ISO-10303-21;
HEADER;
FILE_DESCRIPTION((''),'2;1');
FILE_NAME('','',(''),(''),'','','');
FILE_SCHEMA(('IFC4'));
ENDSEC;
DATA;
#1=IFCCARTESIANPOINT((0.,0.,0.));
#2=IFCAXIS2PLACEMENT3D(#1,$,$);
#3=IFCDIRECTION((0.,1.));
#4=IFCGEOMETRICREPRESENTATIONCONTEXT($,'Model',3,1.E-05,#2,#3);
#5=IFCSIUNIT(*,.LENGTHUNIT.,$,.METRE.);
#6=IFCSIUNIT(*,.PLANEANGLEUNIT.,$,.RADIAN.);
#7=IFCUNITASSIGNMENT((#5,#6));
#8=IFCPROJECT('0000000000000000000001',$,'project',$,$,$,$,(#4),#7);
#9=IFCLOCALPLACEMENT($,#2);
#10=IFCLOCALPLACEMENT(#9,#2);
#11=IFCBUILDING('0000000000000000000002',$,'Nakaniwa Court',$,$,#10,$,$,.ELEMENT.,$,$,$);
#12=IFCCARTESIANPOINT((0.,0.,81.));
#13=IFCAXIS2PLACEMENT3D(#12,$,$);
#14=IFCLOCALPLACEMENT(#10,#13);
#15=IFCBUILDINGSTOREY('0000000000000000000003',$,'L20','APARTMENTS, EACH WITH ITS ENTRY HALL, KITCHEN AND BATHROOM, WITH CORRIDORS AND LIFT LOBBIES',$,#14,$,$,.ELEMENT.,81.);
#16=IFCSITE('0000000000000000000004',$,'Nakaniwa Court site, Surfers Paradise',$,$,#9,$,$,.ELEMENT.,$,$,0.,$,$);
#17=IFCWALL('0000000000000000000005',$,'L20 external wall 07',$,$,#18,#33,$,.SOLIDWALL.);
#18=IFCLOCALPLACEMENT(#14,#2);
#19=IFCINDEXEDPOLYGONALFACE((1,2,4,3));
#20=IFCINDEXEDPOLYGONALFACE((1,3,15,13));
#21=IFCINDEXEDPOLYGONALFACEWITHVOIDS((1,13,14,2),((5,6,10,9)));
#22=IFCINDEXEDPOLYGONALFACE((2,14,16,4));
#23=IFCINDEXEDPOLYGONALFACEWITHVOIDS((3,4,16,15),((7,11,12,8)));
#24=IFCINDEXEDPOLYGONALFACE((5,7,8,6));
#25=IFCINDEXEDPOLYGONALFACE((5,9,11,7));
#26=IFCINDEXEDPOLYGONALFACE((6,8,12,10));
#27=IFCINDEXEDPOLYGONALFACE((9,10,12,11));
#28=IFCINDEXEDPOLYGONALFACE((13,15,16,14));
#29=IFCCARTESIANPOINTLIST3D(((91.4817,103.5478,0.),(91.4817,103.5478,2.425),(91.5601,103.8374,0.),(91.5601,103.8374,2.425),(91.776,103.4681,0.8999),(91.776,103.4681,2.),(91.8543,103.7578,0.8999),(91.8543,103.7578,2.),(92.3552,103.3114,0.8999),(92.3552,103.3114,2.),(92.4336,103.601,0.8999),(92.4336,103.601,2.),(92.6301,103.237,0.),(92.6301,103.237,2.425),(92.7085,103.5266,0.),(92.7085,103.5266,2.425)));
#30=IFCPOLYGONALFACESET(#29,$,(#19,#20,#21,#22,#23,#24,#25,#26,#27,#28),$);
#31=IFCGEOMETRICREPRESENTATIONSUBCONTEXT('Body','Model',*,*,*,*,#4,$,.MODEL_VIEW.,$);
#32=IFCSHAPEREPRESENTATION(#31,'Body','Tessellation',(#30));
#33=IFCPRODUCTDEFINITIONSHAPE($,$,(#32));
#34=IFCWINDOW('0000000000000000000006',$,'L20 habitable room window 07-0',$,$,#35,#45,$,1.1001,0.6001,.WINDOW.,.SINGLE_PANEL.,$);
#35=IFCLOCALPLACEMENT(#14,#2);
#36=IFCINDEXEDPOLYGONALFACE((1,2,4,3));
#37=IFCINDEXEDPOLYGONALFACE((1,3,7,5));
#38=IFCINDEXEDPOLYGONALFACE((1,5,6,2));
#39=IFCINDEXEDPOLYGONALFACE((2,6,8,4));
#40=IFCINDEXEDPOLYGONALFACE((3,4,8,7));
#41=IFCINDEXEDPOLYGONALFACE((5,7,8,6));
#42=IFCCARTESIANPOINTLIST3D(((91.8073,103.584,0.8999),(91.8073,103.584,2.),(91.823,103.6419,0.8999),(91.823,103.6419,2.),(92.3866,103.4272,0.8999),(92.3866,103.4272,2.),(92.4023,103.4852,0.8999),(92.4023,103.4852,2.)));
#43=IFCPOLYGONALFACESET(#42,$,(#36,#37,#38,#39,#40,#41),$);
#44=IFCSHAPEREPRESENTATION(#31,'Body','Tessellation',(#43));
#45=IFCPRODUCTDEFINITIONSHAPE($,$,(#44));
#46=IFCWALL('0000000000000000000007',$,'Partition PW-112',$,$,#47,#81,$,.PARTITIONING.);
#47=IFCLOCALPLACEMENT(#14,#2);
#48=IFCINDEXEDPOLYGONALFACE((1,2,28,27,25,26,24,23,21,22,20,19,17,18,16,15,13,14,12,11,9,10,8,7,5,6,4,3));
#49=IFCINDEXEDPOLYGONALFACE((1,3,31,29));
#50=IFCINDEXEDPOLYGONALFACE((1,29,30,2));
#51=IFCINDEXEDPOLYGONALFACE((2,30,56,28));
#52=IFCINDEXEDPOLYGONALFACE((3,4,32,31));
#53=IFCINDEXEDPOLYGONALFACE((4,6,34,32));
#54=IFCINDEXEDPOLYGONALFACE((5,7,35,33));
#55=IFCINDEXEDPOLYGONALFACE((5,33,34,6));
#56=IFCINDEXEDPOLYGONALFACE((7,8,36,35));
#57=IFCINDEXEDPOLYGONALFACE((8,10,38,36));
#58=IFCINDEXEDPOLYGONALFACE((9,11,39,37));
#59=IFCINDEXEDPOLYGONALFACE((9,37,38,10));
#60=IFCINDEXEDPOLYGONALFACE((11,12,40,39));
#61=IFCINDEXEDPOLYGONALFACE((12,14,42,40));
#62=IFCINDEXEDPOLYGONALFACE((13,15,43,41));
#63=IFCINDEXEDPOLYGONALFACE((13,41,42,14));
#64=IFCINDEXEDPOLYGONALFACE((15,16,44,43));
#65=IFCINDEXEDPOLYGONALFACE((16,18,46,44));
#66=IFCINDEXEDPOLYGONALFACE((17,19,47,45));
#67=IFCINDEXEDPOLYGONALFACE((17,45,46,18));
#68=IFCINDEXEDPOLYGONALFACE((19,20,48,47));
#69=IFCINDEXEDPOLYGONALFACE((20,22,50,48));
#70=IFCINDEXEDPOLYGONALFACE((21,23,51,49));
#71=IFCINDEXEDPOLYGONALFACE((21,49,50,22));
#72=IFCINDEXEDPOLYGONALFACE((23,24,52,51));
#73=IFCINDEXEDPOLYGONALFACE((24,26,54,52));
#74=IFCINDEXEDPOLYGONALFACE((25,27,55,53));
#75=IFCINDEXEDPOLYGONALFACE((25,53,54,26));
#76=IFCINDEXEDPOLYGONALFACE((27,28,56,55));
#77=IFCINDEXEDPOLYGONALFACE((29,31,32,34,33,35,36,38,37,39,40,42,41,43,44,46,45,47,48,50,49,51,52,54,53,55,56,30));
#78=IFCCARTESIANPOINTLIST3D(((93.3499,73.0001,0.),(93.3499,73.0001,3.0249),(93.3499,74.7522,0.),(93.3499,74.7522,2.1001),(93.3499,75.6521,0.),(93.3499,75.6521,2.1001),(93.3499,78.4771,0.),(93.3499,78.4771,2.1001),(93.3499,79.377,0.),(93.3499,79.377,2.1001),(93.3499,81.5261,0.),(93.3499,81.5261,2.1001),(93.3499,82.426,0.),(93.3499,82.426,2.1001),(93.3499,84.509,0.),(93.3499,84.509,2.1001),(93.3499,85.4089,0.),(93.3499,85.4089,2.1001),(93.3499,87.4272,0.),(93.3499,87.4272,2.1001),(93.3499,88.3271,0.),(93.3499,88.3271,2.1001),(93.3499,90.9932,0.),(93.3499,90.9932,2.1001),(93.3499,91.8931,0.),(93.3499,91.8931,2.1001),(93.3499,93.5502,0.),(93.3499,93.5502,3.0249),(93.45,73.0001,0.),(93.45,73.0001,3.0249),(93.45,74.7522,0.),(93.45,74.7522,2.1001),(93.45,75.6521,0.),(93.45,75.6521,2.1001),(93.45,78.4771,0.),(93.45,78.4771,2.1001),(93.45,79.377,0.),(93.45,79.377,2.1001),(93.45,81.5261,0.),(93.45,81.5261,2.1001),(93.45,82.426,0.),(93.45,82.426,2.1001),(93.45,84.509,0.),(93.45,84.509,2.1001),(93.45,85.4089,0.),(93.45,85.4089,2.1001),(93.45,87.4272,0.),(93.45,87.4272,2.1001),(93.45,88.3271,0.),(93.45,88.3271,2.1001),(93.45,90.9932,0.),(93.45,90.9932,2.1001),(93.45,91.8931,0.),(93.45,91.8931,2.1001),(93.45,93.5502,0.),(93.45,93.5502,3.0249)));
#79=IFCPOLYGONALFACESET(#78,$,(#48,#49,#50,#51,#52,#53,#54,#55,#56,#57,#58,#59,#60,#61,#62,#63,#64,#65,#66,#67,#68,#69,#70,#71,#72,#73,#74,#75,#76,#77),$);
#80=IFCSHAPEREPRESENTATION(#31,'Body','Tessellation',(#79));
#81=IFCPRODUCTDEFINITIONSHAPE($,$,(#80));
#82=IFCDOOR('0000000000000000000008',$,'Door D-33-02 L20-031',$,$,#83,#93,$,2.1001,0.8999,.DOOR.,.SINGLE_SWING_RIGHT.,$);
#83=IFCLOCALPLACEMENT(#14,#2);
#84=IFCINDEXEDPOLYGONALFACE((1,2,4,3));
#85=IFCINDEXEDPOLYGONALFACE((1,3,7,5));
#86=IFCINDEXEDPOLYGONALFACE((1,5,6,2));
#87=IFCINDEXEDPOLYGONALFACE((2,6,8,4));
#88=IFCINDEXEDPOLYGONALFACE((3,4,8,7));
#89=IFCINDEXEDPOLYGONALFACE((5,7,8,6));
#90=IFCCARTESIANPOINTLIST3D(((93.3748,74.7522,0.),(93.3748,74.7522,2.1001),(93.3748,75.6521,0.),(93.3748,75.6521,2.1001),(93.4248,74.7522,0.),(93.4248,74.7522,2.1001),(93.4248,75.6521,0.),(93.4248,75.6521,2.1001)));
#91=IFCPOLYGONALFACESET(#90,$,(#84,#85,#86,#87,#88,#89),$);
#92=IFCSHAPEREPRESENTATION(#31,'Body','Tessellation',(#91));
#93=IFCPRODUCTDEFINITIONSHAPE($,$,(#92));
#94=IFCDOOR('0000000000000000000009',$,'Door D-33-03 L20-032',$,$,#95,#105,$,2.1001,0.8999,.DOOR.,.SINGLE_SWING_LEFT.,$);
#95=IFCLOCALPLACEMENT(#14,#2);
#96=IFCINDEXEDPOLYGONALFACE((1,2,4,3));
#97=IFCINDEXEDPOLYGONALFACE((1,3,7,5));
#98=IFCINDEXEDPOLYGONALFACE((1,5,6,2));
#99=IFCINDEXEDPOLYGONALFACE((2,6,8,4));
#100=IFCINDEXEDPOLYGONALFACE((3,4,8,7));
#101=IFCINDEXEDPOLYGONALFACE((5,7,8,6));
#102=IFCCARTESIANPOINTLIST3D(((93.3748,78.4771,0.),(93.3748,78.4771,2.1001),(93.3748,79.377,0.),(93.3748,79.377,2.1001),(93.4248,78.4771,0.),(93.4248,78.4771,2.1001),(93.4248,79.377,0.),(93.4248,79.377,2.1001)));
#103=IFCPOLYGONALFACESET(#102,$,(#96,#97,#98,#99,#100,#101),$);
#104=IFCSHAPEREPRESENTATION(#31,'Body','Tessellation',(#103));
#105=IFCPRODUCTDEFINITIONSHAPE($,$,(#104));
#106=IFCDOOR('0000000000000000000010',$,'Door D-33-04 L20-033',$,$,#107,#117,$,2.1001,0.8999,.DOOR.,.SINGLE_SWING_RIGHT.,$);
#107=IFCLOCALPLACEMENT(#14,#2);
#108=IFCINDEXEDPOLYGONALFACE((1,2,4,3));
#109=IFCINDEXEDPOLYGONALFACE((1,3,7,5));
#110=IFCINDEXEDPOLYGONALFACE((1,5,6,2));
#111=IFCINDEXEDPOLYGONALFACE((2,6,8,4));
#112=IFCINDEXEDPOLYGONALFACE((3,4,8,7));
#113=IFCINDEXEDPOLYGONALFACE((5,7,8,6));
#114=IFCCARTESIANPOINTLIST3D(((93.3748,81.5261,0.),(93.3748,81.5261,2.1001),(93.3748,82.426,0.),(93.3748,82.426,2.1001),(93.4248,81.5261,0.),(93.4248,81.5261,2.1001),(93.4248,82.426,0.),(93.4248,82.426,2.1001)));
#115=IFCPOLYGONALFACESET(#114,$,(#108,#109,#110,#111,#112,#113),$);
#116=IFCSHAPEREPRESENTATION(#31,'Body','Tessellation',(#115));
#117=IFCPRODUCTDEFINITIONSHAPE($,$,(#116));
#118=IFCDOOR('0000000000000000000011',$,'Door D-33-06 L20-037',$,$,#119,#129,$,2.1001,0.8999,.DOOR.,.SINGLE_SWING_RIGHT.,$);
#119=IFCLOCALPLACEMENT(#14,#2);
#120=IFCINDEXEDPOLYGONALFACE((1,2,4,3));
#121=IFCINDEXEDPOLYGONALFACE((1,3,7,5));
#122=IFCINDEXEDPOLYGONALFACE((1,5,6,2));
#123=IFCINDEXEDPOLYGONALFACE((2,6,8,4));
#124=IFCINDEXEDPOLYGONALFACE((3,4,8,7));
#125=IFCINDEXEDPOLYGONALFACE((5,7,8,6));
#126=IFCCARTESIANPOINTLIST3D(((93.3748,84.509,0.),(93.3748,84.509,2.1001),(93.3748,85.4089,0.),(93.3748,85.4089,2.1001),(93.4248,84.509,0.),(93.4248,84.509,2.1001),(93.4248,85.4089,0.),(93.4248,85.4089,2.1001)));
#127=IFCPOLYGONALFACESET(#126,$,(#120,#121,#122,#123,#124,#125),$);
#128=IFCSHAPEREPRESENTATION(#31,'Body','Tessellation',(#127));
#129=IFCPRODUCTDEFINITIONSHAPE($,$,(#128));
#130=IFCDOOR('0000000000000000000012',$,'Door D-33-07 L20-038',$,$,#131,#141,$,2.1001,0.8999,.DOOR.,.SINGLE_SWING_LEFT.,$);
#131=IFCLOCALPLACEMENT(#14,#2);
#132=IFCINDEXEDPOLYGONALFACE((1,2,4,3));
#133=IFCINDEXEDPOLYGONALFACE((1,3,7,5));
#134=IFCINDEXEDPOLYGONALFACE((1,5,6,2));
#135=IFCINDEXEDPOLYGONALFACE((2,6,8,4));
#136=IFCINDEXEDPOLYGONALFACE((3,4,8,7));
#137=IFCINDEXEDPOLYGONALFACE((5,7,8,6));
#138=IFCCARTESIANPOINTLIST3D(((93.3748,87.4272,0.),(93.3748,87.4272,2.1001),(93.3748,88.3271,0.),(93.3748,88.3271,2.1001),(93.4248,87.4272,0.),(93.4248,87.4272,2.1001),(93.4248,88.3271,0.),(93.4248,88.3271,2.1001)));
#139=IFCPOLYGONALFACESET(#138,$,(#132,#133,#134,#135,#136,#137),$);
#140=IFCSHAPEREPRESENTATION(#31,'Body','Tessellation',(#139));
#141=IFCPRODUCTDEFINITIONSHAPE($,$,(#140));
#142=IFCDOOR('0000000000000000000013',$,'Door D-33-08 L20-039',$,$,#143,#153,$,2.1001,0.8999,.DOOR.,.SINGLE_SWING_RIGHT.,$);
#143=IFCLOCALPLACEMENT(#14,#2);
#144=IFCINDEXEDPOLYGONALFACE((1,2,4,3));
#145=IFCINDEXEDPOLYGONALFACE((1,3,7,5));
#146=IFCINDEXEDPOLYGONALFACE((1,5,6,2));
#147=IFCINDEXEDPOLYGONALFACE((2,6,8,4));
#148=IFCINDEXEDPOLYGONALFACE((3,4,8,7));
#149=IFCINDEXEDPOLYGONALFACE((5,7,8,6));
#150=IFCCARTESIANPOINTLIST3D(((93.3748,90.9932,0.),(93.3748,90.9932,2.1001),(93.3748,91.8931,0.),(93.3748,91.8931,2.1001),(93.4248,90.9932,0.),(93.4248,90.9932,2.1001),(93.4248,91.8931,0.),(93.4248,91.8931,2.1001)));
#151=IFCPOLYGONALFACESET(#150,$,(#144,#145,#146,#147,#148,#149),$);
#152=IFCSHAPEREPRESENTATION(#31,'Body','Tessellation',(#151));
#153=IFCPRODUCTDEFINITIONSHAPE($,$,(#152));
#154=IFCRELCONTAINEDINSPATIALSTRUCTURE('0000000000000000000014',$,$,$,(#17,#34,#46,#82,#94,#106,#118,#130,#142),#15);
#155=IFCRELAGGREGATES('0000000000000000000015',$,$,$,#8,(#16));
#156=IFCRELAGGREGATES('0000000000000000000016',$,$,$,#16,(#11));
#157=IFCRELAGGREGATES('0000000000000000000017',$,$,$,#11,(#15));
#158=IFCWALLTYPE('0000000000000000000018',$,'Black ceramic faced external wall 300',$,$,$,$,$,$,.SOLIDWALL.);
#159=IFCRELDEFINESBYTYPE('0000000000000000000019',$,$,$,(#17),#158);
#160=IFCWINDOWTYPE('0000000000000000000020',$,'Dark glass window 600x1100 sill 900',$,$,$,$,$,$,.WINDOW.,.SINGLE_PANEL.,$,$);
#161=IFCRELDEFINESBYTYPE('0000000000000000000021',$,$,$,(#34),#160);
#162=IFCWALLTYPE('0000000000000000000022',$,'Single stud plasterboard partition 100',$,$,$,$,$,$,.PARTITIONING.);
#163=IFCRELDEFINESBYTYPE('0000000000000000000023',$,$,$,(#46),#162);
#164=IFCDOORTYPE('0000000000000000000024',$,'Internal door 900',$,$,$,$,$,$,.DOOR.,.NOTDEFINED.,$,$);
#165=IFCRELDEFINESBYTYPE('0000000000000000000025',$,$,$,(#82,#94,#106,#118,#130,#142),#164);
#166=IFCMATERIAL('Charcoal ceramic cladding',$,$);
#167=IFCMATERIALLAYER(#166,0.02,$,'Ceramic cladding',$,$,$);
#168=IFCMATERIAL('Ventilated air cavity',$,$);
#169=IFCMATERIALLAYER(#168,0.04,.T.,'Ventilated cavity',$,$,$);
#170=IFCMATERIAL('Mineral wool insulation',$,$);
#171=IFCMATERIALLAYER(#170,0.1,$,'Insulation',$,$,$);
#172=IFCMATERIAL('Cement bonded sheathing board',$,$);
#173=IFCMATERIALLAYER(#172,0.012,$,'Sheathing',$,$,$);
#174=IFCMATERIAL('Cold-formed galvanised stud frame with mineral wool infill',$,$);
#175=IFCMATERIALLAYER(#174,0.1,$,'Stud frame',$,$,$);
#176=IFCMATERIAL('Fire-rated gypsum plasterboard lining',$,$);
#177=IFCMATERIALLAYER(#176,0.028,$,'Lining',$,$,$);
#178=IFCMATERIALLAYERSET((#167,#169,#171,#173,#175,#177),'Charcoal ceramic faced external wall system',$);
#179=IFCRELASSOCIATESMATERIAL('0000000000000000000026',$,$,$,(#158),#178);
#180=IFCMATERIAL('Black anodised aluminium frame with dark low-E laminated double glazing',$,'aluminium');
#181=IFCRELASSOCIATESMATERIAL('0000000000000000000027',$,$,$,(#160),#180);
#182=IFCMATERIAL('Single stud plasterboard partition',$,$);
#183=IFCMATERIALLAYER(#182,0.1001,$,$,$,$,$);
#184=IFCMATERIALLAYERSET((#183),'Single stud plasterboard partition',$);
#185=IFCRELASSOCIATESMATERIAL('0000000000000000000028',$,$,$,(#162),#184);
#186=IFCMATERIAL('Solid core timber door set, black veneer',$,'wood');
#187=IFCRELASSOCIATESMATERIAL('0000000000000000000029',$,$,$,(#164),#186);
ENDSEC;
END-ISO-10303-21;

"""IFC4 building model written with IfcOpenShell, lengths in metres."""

from ifc_helpers import new_model, si_unit, direction, frame, frame_2d, origin, place, context, subcontext, project, spatial, rectangle, extrude, material, layer, layer_set, type_object, element, fill, save


model = new_model("IFC4")

# Units and contexts
model_context = context("Model", 3, precision=1e-05, world=origin(), true_north=direction((0.0, 1.0)))
body_context = subcontext(model_context, "Body", "Model", "MODEL_VIEW")
ifc_project = project(units=[si_unit("LENGTHUNIT", "METRE"), si_unit("PLANEANGLEUNIT", "RADIAN")], contexts=[model_context])

# Site, building, storey
site_placement = place(None, origin())
site = spatial("IfcSite", under=ifc_project, at=site_placement, Name="Nakaniwa Court site, Surfers Paradise", CompositionType="ELEMENT", RefElevation=0.0)
building_placement = place(site_placement, origin())
building = spatial("IfcBuilding", under=site, at=building_placement, Name="Nakaniwa Court", CompositionType="ELEMENT")
storey_placement = place(building_placement, frame((0.0, 0.0, 81.0)))
storey = spatial("IfcBuildingStorey", under=building, at=storey_placement, Name="L20", Description="APARTMENTS, EACH WITH ITS ENTRY HALL, KITCHEN AND BATHROOM, WITH CORRIDORS AND LIFT LOBBIES", CompositionType="ELEMENT", Elevation=81.0)

# Wall, opening, window
ifc_material_1 = material(Name="Charcoal ceramic cladding")
ifc_layer_1 = layer(ifc_material_1, 0.02, Name="Ceramic cladding")
ifc_material_2 = material(Name="Ventilated air cavity")
ifc_layer_2 = layer(ifc_material_2, 0.04, ventilated=True, Name="Ventilated cavity")
ifc_material_3 = material(Name="Mineral wool insulation")
ifc_layer_3 = layer(ifc_material_3, 0.1, Name="Insulation")
ifc_material_4 = material(Name="Cement bonded sheathing board")
ifc_layer_4 = layer(ifc_material_4, 0.012, Name="Sheathing")
ifc_material_5 = material(Name="Cold-formed galvanised stud frame with mineral wool infill")
ifc_layer_5 = layer(ifc_material_5, 0.1, Name="Stud frame")
ifc_material_6 = material(Name="Fire-rated gypsum plasterboard lining")
ifc_layer_6 = layer(ifc_material_6, 0.028, Name="Lining")
ifc_layer_set_1 = layer_set([ifc_layer_1, ifc_layer_2, ifc_layer_3, ifc_layer_4, ifc_layer_5, ifc_layer_6], Name="Charcoal ceramic faced external wall system")
wall_type_1 = type_object("IfcWallType", Name="Black ceramic faced external wall 300", PredefinedType="SOLIDWALL", material=ifc_layer_set_1)
ifc_material_7 = material(Name="Black anodised aluminium frame with dark low-E laminated double glazing", Category="aluminium")
window_type_1 = type_object("IfcWindowType", Name="Dark glass window 600x1100 sill 900", PartitioningType="SINGLE_PANEL", PredefinedType="WINDOW", material=ifc_material_7)
wall_1_placement = place(storey_placement, frame((92.6692, 103.3818, 0.0), z_axis=(0.0, 0.0, 1.0), x_axis=(-0.965278, 0.261224, 0.0)))
wall_1 = element("IfcWall", 1, at=wall_1_placement, inside=storey, type_object=wall_type_1, Name="L20 external wall 07", PredefinedType="SOLIDWALL", context=body_context, shape_type="SweptSolid", body=[
    extrude(rectangle(XDim=1.1897, YDim=0.3, at=frame_2d((0.5947, 0.0))), origin(), (0.0, 0.0, 1.0), 2.425),
])
opening_1_placement = place(wall_1_placement, frame((0.2847, 0.0, 0.8999)))
opening_1 = element("IfcOpeningElement", 2, at=opening_1_placement, cuts=wall_1, PredefinedType="OPENING", context=body_context, shape_type="SweptSolid", body=[
    extrude(rectangle(XDim=0.6001, YDim=1.1001, at=frame_2d((0.3, 0.55))), frame((0.0, 0.1599, 0.0), z_axis=(0.0, -1.0, 0.0), x_axis=(1.0, 0.0, 0.0)), (0.0, 0.0, 1.0), 0.3201),
])
window_1_placement = place(opening_1_placement, origin())
window_1 = element("IfcWindow", 3, at=window_1_placement, inside=storey, type_object=window_type_1, Name="L20 habitable room window 07-0", OverallHeight=1.1001, OverallWidth=0.6001, PartitioningType="SINGLE_PANEL", PredefinedType="WINDOW", context=body_context, shape_type="SweptSolid", body=[
    extrude(rectangle(XDim=0.6001, YDim=1.1001, at=frame_2d((0.3, 0.55))), frame((0.0, 0.03, 0.0), z_axis=(0.0, -1.0, 0.0), x_axis=(1.0, 0.0, 0.0)), (0.0, 0.0, 1.0), 0.0601),
])
fill(opening_1, window_1)

# Wall, openings, doors
ifc_material_8 = material(Name="Single stud plasterboard partition")
ifc_layer_7 = layer(ifc_material_8, 0.1001)
ifc_layer_set_2 = layer_set([ifc_layer_7], Name="Single stud plasterboard partition")
wall_type_2 = type_object("IfcWallType", Name="Single stud plasterboard partition 100", PredefinedType="PARTITIONING", material=ifc_layer_set_2)
wall_2_placement = place(storey_placement, frame((93.3999, 93.55, 0.0), z_axis=(0.0, 0.0, 1.0), x_axis=(0.0, -1.0, 0.0)))
wall_2 = element("IfcWall", 4, at=wall_2_placement, inside=storey, type_object=wall_type_2, Name="Partition PW-112", PredefinedType="PARTITIONING", context=body_context, shape_type="SweptSolid", body=[
    extrude(rectangle(XDim=20.55, YDim=0.1001, at=frame_2d((10.2749, 0.0))), origin(), (0.0, 0.0, 1.0), 3.0249),
])
opening_2_placement = place(wall_2_placement, frame((17.8979, 0.0, 0.0)))
opening_2 = element("IfcOpeningElement", 5, at=opening_2_placement, cuts=wall_2, PredefinedType="OPENING", context=body_context, shape_type="SweptSolid", body=[
    extrude(rectangle(XDim=0.8999, YDim=2.1001, at=frame_2d((0.45, 1.05))), frame((0.0, 0.0601, 0.0), z_axis=(0.0, -1.0, 0.0), x_axis=(1.0, 0.0, 0.0)), (0.0, 0.0, 1.0), 0.1201),
])
opening_3_placement = place(wall_2_placement, frame((14.1731, 0.0, 0.0)))
opening_3 = element("IfcOpeningElement", 6, at=opening_3_placement, cuts=wall_2, PredefinedType="OPENING", context=body_context, shape_type="SweptSolid", body=[
    extrude(rectangle(XDim=0.8999, YDim=2.1001, at=frame_2d((0.45, 1.05))), frame((0.0, 0.0601, 0.0), z_axis=(0.0, -1.0, 0.0), x_axis=(1.0, 0.0, 0.0)), (0.0, 0.0, 1.0), 0.1201),
])
opening_4_placement = place(wall_2_placement, frame((11.124, 0.0, 0.0)))
opening_4 = element("IfcOpeningElement", 7, at=opening_4_placement, cuts=wall_2, PredefinedType="OPENING", context=body_context, shape_type="SweptSolid", body=[
    extrude(rectangle(XDim=0.8999, YDim=2.1001, at=frame_2d((0.45, 1.05))), frame((0.0, 0.0601, 0.0), z_axis=(0.0, -1.0, 0.0), x_axis=(1.0, 0.0, 0.0)), (0.0, 0.0, 1.0), 0.1201),
])
opening_5_placement = place(wall_2_placement, frame((8.1411, 0.0, 0.0)))
opening_5 = element("IfcOpeningElement", 8, at=opening_5_placement, cuts=wall_2, PredefinedType="OPENING", context=body_context, shape_type="SweptSolid", body=[
    extrude(rectangle(XDim=0.8999, YDim=2.1001, at=frame_2d((0.45, 1.05))), frame((0.0, 0.0601, 0.0), z_axis=(0.0, -1.0, 0.0), x_axis=(1.0, 0.0, 0.0)), (0.0, 0.0, 1.0), 0.1201),
])
opening_6_placement = place(wall_2_placement, frame((5.2229, 0.0, 0.0)))
opening_6 = element("IfcOpeningElement", 9, at=opening_6_placement, cuts=wall_2, PredefinedType="OPENING", context=body_context, shape_type="SweptSolid", body=[
    extrude(rectangle(XDim=0.8999, YDim=2.1001, at=frame_2d((0.45, 1.05))), frame((0.0, 0.0601, 0.0), z_axis=(0.0, -1.0, 0.0), x_axis=(1.0, 0.0, 0.0)), (0.0, 0.0, 1.0), 0.1201),
])
opening_7_placement = place(wall_2_placement, frame((1.657, 0.0, 0.0)))
opening_7 = element("IfcOpeningElement", 10, at=opening_7_placement, cuts=wall_2, PredefinedType="OPENING", context=body_context, shape_type="SweptSolid", body=[
    extrude(rectangle(XDim=0.8999, YDim=2.1001, at=frame_2d((0.45, 1.05))), frame((0.0, 0.0601, 0.0), z_axis=(0.0, -1.0, 0.0), x_axis=(1.0, 0.0, 0.0)), (0.0, 0.0, 1.0), 0.1201),
])
ifc_material_9 = material(Name="Solid core timber door set, black veneer", Category="wood")
door_type = type_object("IfcDoorType", Name="Internal door 900", OperationType="NOTDEFINED", PredefinedType="DOOR", material=ifc_material_9)
door_1_placement = place(opening_2_placement, origin())
door_1 = element("IfcDoor", 11, at=door_1_placement, inside=storey, type_object=door_type, Name="Door D-33-02 L20-031", OperationType="SINGLE_SWING_RIGHT", OverallHeight=2.1001, OverallWidth=0.8999, PredefinedType="DOOR", context=body_context, shape_type="SweptSolid", body=[
    extrude(rectangle(XDim=0.8999, YDim=2.1001, at=frame_2d((0.45, 1.05))), frame((0.0, 0.0249, 0.0), z_axis=(0.0, -1.0, 0.0), x_axis=(1.0, 0.0, 0.0)), (0.0, 0.0, 1.0), 0.05),
])
fill(opening_2, door_1)
door_2_placement = place(opening_3_placement, origin())
door_2 = element("IfcDoor", 12, at=door_2_placement, inside=storey, type_object=door_type, Name="Door D-33-03 L20-032", OperationType="SINGLE_SWING_LEFT", OverallHeight=2.1001, OverallWidth=0.8999, PredefinedType="DOOR", context=body_context, shape_type="SweptSolid", body=[
    extrude(rectangle(XDim=0.8999, YDim=2.1001, at=frame_2d((0.45, 1.05))), frame((0.0, 0.0249, 0.0), z_axis=(0.0, -1.0, 0.0), x_axis=(1.0, 0.0, 0.0)), (0.0, 0.0, 1.0), 0.05),
])
fill(opening_3, door_2)
door_3_placement = place(opening_4_placement, origin())
door_3 = element("IfcDoor", 13, at=door_3_placement, inside=storey, type_object=door_type, Name="Door D-33-04 L20-033", OperationType="SINGLE_SWING_RIGHT", OverallHeight=2.1001, OverallWidth=0.8999, PredefinedType="DOOR", context=body_context, shape_type="SweptSolid", body=[
    extrude(rectangle(XDim=0.8999, YDim=2.1001, at=frame_2d((0.45, 1.05))), frame((0.0, 0.0249, 0.0), z_axis=(0.0, -1.0, 0.0), x_axis=(1.0, 0.0, 0.0)), (0.0, 0.0, 1.0), 0.05),
])
fill(opening_4, door_3)
door_4_placement = place(opening_5_placement, origin())
door_4 = element("IfcDoor", 14, at=door_4_placement, inside=storey, type_object=door_type, Name="Door D-33-06 L20-037", OperationType="SINGLE_SWING_RIGHT", OverallHeight=2.1001, OverallWidth=0.8999, PredefinedType="DOOR", context=body_context, shape_type="SweptSolid", body=[
    extrude(rectangle(XDim=0.8999, YDim=2.1001, at=frame_2d((0.45, 1.05))), frame((0.0, 0.0249, 0.0), z_axis=(0.0, -1.0, 0.0), x_axis=(1.0, 0.0, 0.0)), (0.0, 0.0, 1.0), 0.05),
])
fill(opening_5, door_4)
door_5_placement = place(opening_6_placement, origin())
door_5 = element("IfcDoor", 15, at=door_5_placement, inside=storey, type_object=door_type, Name="Door D-33-07 L20-038", OperationType="SINGLE_SWING_LEFT", OverallHeight=2.1001, OverallWidth=0.8999, PredefinedType="DOOR", context=body_context, shape_type="SweptSolid", body=[
    extrude(rectangle(XDim=0.8999, YDim=2.1001, at=frame_2d((0.45, 1.05))), frame((0.0, 0.0249, 0.0), z_axis=(0.0, -1.0, 0.0), x_axis=(1.0, 0.0, 0.0)), (0.0, 0.0, 1.0), 0.05),
])
fill(opening_6, door_5)
door_6_placement = place(opening_7_placement, origin())
door_6 = element("IfcDoor", 16, at=door_6_placement, inside=storey, type_object=door_type, Name="Door D-33-08 L20-039", OperationType="SINGLE_SWING_RIGHT", OverallHeight=2.1001, OverallWidth=0.8999, PredefinedType="DOOR", context=body_context, shape_type="SweptSolid", body=[
    extrude(rectangle(XDim=0.8999, YDim=2.1001, at=frame_2d((0.45, 1.05))), frame((0.0, 0.0249, 0.0), z_axis=(0.0, -1.0, 0.0), x_axis=(1.0, 0.0, 0.0)), (0.0, 0.0, 1.0), 0.05),
])
fill(opening_7, door_6)

save(model, "model.ifc")
